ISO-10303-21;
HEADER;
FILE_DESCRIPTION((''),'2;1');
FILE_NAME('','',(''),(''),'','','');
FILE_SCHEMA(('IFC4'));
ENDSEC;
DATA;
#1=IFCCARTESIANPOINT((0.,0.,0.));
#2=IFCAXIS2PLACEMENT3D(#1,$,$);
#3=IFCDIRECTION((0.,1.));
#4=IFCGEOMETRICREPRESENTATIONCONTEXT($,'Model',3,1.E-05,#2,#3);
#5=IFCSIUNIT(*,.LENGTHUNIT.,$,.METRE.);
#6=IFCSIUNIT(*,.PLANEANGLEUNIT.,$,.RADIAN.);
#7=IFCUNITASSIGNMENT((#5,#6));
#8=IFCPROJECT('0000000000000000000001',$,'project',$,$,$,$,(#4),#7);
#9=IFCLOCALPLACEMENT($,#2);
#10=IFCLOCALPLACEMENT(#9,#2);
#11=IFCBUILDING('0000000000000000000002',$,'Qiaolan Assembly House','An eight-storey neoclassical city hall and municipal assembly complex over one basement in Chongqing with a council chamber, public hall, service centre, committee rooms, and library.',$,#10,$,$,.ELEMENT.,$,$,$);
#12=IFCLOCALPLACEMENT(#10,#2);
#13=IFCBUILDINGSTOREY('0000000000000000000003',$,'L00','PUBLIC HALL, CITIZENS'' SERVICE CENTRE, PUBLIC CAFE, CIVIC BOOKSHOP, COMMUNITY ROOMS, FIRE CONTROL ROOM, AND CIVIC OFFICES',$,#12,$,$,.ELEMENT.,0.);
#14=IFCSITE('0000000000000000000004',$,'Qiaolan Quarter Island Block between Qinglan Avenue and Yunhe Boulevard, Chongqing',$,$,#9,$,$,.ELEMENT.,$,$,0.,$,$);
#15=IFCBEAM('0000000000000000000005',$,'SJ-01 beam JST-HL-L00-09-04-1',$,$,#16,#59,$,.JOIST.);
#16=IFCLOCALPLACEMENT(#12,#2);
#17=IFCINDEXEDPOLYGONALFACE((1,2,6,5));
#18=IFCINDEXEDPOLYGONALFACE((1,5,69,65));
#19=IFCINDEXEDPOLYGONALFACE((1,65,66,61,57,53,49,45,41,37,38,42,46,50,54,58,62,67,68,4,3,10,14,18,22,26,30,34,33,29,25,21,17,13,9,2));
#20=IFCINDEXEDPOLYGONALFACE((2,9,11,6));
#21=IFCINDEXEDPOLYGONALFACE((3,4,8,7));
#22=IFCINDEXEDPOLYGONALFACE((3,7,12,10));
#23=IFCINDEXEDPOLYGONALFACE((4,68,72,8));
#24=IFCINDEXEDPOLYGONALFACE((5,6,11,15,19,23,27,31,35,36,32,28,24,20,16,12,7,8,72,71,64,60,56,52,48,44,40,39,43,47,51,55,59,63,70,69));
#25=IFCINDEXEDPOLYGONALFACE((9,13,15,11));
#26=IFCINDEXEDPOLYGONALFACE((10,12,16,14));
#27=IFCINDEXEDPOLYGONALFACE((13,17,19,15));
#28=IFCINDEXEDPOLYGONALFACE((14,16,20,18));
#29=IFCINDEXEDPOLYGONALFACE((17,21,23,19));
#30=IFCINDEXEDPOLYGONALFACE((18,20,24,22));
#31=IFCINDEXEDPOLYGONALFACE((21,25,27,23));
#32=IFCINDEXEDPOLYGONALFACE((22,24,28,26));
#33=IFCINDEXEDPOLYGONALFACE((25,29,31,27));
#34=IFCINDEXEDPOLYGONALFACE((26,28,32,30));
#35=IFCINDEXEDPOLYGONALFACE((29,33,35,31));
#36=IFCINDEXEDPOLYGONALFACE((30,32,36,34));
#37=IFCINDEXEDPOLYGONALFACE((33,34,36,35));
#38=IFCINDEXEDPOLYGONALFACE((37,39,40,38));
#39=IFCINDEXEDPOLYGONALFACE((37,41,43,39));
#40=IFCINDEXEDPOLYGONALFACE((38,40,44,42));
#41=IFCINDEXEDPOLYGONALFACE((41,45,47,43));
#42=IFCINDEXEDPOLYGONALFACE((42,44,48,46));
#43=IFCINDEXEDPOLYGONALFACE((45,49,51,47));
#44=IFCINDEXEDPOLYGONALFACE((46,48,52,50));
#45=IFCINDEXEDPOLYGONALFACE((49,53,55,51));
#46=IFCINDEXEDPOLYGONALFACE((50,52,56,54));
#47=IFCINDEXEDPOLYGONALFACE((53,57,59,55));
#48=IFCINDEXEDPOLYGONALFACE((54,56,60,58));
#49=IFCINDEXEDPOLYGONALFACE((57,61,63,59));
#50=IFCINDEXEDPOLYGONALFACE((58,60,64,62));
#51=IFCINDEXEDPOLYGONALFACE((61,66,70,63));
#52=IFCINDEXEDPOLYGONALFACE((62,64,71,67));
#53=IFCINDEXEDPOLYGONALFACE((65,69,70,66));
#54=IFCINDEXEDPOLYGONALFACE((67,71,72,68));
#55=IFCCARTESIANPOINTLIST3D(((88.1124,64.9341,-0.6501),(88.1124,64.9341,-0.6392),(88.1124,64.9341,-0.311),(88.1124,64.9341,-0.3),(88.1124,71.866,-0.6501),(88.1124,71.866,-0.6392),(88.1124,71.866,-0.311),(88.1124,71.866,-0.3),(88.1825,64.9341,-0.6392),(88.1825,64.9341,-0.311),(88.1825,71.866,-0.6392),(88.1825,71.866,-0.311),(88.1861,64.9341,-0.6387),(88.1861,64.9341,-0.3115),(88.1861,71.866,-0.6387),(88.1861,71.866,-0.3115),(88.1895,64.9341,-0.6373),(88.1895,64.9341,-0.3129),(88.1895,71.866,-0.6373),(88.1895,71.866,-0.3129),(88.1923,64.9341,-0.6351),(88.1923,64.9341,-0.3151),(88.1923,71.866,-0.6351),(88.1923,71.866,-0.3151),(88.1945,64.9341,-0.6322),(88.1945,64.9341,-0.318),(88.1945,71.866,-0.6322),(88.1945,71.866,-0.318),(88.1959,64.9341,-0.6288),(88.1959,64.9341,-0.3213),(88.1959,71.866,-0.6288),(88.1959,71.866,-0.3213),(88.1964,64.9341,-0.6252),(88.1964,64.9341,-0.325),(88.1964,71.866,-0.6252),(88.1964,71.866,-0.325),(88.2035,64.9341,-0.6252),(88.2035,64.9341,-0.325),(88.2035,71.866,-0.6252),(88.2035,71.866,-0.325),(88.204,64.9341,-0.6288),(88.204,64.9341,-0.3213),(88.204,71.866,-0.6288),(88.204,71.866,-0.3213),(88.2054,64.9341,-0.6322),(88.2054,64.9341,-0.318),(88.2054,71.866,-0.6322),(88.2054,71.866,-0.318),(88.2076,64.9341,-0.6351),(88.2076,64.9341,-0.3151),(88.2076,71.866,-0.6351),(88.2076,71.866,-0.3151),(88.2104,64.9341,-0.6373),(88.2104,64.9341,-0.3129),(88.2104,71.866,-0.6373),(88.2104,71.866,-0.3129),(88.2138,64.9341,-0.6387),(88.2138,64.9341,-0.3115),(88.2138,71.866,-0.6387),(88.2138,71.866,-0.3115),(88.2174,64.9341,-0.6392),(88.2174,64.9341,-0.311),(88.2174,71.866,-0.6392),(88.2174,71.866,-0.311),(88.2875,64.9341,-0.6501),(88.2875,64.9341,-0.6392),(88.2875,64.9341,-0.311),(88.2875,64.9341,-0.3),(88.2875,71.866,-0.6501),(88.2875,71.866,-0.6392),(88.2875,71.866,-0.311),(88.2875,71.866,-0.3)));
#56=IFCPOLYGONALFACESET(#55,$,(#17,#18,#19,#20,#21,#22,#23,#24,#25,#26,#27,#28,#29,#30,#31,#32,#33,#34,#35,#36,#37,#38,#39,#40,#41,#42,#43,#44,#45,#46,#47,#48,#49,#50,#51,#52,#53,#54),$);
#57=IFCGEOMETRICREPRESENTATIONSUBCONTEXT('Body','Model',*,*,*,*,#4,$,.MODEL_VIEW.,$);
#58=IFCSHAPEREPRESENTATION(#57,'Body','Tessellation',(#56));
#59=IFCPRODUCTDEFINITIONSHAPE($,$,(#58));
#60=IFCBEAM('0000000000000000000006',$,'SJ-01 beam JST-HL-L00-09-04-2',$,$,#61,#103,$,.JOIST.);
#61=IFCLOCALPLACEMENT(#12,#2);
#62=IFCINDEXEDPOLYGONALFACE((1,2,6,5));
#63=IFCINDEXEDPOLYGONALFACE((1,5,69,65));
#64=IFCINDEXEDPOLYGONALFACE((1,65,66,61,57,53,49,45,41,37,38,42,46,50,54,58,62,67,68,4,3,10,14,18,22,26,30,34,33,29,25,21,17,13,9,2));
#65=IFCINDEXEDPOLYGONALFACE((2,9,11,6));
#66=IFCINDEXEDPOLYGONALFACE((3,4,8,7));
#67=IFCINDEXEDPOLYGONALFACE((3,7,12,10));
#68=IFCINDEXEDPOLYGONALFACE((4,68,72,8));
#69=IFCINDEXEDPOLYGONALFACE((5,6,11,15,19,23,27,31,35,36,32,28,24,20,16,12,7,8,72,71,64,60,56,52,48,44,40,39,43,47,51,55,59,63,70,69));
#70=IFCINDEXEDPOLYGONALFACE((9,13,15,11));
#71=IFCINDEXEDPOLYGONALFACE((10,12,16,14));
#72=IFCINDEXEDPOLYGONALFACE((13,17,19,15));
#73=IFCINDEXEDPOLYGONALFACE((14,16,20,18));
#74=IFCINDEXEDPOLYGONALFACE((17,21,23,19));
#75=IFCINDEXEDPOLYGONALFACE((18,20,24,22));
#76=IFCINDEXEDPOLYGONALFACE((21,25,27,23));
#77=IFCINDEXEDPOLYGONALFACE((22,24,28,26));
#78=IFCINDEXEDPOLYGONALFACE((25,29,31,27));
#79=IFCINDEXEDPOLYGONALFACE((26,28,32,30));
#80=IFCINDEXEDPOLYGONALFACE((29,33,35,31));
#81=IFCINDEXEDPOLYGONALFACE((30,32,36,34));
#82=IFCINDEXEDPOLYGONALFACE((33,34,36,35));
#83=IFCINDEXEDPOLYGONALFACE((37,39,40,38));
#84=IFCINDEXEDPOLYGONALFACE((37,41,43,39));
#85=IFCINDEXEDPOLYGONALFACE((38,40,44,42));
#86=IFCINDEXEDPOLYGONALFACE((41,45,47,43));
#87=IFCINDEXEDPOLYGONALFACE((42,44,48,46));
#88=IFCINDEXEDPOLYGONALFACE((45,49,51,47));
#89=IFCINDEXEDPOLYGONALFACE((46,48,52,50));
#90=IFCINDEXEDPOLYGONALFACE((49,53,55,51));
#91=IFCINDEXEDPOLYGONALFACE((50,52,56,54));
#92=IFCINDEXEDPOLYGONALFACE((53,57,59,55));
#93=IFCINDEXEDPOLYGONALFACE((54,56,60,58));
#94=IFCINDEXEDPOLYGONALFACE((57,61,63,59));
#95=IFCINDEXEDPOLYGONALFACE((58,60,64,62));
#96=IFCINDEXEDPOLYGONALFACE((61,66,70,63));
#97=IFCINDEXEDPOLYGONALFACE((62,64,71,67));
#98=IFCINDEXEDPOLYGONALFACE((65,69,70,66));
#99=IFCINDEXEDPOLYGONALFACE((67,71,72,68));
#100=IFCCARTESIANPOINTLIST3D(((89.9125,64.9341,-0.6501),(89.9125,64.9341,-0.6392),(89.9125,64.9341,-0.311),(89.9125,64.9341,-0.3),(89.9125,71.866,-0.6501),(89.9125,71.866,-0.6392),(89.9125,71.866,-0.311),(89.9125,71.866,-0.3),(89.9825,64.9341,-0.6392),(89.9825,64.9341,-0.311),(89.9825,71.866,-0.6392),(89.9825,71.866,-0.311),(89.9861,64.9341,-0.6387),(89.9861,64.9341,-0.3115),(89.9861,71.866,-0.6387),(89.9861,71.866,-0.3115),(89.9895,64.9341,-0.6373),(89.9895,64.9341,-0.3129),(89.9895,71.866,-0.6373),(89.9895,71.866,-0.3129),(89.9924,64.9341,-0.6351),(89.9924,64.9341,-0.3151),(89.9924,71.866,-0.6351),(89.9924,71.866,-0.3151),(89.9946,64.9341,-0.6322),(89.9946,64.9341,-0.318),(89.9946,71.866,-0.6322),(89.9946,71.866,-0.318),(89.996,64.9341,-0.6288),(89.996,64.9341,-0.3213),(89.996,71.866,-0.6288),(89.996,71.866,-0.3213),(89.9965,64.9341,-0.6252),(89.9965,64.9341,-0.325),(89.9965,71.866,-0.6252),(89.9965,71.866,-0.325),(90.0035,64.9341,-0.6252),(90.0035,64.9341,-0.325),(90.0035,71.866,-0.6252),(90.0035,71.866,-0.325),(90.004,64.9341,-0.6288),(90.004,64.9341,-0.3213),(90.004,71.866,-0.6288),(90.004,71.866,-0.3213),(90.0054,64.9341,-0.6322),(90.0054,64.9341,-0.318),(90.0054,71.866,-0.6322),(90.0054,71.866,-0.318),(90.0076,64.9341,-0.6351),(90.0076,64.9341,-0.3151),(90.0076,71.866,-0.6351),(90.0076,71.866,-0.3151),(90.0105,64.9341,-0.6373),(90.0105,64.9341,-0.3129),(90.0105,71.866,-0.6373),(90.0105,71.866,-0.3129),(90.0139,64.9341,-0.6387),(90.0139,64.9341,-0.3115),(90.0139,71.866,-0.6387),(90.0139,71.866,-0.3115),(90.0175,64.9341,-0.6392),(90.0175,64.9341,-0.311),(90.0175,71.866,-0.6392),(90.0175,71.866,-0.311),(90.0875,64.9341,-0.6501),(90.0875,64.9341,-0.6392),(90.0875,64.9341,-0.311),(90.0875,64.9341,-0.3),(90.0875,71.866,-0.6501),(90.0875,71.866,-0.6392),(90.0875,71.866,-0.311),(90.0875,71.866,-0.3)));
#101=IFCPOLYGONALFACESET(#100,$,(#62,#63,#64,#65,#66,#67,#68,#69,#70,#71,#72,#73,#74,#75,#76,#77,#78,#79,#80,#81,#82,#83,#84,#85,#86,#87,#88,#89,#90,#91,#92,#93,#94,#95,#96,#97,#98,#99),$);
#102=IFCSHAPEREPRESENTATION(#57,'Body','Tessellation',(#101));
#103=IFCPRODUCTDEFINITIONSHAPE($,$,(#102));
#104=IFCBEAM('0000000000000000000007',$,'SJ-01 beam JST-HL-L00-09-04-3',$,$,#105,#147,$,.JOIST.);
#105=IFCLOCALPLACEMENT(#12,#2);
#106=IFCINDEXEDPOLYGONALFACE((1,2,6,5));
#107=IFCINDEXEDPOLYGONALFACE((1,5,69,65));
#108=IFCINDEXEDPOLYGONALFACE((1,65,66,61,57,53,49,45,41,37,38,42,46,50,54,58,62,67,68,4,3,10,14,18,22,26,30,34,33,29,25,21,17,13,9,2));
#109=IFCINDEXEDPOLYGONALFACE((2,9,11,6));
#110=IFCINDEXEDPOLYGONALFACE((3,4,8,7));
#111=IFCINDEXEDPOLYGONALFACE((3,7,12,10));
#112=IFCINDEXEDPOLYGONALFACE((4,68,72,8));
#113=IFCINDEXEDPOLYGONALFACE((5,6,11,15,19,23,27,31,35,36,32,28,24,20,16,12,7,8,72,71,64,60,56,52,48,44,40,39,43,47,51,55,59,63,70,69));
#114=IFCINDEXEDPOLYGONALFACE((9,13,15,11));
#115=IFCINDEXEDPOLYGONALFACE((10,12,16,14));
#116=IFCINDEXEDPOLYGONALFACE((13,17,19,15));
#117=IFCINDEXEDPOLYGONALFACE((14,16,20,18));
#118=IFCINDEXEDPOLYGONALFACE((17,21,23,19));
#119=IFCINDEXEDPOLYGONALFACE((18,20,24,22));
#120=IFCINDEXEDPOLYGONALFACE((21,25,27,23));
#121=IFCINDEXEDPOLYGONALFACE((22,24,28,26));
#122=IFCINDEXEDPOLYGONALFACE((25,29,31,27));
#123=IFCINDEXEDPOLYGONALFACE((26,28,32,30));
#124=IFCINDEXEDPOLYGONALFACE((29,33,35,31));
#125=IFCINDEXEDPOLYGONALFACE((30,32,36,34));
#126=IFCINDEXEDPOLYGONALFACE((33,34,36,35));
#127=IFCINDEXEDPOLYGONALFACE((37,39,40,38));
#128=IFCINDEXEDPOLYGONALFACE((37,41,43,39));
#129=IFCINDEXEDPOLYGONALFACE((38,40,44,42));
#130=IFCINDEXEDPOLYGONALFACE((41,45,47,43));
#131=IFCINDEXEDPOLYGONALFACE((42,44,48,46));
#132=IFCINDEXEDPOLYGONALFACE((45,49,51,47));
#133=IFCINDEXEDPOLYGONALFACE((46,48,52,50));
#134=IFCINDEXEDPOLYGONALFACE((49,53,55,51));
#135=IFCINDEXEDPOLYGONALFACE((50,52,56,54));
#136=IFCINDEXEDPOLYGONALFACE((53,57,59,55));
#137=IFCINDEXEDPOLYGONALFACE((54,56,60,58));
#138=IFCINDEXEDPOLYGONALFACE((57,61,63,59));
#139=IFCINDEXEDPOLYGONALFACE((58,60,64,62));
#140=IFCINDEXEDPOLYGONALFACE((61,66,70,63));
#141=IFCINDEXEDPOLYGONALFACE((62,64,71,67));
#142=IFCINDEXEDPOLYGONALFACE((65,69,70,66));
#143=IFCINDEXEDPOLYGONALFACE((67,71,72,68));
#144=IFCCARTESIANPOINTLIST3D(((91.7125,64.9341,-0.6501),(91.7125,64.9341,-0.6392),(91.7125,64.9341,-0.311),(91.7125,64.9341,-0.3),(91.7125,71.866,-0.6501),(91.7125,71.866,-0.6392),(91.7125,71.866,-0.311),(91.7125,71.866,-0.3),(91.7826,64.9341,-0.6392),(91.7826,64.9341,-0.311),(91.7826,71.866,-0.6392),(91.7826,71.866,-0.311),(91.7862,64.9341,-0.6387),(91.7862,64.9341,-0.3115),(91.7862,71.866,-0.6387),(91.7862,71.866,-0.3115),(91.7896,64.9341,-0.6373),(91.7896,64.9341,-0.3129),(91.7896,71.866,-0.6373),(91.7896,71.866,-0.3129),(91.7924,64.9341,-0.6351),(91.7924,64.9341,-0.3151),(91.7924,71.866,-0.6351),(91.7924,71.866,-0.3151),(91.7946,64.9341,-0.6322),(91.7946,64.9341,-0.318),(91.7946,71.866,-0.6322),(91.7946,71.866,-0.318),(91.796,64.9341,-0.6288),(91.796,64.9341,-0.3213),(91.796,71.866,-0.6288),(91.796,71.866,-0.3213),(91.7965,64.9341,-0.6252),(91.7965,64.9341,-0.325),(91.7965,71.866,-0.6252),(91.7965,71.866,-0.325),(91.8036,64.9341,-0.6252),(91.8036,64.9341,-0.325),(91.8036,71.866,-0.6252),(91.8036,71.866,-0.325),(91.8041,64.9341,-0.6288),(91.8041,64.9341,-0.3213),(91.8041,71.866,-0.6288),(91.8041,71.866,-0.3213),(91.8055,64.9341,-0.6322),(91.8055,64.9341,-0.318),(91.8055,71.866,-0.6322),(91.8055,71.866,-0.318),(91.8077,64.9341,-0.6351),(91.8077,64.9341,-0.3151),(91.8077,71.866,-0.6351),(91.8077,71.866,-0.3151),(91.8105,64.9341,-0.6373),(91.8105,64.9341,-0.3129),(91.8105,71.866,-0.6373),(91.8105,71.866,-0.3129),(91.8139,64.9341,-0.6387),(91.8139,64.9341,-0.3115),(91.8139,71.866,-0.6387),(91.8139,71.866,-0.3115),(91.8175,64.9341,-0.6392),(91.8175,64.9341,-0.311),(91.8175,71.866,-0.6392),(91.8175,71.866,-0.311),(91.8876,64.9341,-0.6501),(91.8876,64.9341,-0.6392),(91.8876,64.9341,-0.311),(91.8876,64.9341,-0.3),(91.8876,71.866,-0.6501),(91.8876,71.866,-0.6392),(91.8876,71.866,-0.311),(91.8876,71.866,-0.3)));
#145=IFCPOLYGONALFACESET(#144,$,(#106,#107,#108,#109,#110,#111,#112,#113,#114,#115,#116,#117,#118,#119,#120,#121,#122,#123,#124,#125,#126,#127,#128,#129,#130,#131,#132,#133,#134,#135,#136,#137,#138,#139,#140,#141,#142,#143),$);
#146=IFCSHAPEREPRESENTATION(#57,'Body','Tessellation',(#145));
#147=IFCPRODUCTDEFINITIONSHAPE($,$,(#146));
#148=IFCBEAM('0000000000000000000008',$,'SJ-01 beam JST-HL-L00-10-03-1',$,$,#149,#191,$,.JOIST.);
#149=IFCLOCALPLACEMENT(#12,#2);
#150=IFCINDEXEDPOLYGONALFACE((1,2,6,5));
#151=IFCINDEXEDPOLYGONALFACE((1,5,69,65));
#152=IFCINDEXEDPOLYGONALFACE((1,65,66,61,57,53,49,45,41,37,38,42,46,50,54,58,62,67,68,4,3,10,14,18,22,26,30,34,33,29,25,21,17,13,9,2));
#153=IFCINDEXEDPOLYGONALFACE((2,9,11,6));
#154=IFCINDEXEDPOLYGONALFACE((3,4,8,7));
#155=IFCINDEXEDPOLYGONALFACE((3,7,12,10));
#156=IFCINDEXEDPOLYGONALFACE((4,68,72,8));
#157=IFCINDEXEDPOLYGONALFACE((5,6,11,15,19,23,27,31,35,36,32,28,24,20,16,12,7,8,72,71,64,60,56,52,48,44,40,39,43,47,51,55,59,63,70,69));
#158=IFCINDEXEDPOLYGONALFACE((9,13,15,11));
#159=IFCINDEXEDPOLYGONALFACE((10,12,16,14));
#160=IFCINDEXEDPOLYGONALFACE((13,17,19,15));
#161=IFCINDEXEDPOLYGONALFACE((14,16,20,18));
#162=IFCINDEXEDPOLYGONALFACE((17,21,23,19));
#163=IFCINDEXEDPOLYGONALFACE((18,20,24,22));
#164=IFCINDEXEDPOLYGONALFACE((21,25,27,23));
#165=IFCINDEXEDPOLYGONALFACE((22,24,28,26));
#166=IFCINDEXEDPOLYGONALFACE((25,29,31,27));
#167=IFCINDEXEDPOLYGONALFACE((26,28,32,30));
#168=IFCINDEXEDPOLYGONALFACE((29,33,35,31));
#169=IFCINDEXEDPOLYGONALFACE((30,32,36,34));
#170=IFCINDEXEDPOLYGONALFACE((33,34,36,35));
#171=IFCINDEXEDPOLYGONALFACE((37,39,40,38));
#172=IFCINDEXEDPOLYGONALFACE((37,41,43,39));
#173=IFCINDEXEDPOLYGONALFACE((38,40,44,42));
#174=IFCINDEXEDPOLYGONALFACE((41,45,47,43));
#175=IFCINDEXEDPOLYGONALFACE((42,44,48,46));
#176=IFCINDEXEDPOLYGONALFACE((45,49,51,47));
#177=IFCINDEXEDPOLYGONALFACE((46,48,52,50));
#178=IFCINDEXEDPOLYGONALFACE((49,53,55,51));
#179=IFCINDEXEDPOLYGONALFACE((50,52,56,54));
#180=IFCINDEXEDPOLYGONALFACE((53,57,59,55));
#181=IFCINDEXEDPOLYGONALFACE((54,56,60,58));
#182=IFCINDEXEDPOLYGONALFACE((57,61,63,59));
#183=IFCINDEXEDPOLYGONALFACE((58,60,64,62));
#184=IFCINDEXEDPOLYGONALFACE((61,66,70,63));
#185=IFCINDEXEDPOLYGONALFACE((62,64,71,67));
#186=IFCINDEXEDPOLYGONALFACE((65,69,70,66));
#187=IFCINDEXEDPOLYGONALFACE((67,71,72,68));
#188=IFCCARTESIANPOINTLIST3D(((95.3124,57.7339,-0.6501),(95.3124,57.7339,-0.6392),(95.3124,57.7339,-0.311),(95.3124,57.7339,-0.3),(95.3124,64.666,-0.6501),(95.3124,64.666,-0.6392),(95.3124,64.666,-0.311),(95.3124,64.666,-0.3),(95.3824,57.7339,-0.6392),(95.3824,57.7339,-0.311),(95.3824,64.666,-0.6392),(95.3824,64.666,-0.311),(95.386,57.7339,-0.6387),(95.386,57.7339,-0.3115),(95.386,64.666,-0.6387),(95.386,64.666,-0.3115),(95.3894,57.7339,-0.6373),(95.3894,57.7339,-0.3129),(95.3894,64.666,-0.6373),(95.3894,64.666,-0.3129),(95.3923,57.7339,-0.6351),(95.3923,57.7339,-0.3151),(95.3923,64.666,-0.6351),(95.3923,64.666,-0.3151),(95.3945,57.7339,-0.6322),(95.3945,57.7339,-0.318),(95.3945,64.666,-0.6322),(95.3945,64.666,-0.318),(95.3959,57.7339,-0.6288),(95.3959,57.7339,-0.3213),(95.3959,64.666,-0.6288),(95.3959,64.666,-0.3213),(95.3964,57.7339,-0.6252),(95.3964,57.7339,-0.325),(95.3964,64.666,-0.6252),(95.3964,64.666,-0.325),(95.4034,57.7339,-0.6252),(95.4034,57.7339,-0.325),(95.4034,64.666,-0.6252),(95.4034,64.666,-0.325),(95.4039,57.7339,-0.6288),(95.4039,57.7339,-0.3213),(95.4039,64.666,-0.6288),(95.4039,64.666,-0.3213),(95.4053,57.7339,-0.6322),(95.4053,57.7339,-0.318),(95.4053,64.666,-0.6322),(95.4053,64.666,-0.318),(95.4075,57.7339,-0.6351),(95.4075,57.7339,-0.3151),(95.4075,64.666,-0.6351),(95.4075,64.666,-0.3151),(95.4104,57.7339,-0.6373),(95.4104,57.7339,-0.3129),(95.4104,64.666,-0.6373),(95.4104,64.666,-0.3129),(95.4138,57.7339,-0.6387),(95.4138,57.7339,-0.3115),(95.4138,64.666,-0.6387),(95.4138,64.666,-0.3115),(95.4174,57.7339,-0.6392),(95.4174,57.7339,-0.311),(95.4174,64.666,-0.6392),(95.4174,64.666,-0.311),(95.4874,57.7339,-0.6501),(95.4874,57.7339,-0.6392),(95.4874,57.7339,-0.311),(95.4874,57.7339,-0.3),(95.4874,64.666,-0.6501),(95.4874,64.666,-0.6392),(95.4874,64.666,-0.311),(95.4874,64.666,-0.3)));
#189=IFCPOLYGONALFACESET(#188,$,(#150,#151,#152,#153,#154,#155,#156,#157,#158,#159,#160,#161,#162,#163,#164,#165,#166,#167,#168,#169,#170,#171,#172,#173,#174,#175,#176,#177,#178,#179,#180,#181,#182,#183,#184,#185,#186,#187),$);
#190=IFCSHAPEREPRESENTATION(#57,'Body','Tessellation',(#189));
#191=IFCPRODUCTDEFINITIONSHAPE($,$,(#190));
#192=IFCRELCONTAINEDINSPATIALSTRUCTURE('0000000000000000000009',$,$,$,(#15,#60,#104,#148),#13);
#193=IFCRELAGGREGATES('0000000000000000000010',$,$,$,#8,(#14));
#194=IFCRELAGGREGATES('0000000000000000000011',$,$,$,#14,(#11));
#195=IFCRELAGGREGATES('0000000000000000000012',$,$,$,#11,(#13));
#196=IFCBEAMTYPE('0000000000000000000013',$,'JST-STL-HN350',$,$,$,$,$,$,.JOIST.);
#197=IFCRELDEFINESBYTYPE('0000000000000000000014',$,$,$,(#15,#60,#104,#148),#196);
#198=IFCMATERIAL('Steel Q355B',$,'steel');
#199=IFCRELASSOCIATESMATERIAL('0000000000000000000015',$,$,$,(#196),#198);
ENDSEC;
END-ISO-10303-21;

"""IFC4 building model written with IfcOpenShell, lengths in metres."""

from ifc_helpers import new_model, si_unit, direction, frame, origin, origin_2d, place, context, subcontext, project, spatial, i_section, extrude, material, material_profile, profile_set, type_object, element, save


model = new_model("IFC4")

# Units and contexts
model_context = context("Model", 3, precision=1e-05, world=origin(), true_north=direction((0.0, 1.0)))
body_context = subcontext(model_context, "Body", "Model", "MODEL_VIEW")
ifc_project = project(units=[si_unit("LENGTHUNIT", "METRE"), si_unit("PLANEANGLEUNIT", "RADIAN")], contexts=[model_context])

# Site, building, storey
site_placement = place(None, origin())
site = spatial("IfcSite", under=ifc_project, at=site_placement, Name="Qiaolan Quarter Island Block between Qinglan Avenue and Yunhe Boulevard, Chongqing", CompositionType="ELEMENT", RefElevation=0.0)
building_placement = place(site_placement, origin())
building = spatial("IfcBuilding", under=site, at=building_placement, Name="Qiaolan Assembly House", Description="An eight-storey neoclassical city hall and municipal assembly complex over one basement in Chongqing with a council chamber, public hall, service centre, committee rooms, and library.", CompositionType="ELEMENT")
storey_placement = place(building_placement, origin())
storey = spatial("IfcBuildingStorey", under=building, at=storey_placement, Name="L00", Description="PUBLIC HALL, CITIZENS' SERVICE CENTRE, PUBLIC CAFE, CIVIC BOOKSHOP, COMMUNITY ROOMS, FIRE CONTROL ROOM, AND CIVIC OFFICES", CompositionType="ELEMENT", Elevation=0.0)

# Shared definitions
ifc_material = material(Name="Steel Q355B", Category="steel")

# Beams
ifc_material_profile_1 = material_profile(ifc_material, i_section(OverallWidth=0.175, OverallDepth=0.3501, WebThickness=0.0071, FlangeThickness=0.011, FilletRadius=0.0139, at=origin_2d()), Name="HN 350x175x7x11")
ifc_profile_set_1 = profile_set([ifc_material_profile_1], Name="Steel Q355B")
beam_type_1 = type_object("IfcBeamType", Name="JST-STL-HN350", PredefinedType="JOIST", material=ifc_profile_set_1)
for number, where, z_axis, x_axis, name in (
    (1, (88.2, 64.9341, -0.4751), (0.0, 1.0, 0.0), (-1.0, 0.0, 0.0), "SJ-01 beam JST-HL-L00-09-04-1"),
    (2, (90.0, 64.9341, -0.4751), (0.0, 1.0, 0.0), (-1.0, 0.0, 0.0), "SJ-01 beam JST-HL-L00-09-04-2"),
    (3, (91.8, 64.9341, -0.4751), (0.0, 1.0, 0.0), (-1.0, 0.0, 0.0), "SJ-01 beam JST-HL-L00-09-04-3"),
):
    element("IfcBeam", number, at=place(storey_placement, frame(where, z_axis=z_axis, x_axis=x_axis)), inside=storey, type_object=beam_type_1, Name=name, PredefinedType="JOIST", context=body_context, shape_type="SweptSolid", body=[
        extrude(i_section(OverallWidth=0.175, OverallDepth=0.3501, WebThickness=0.0071, FlangeThickness=0.011, FilletRadius=0.0139, at=origin_2d()), origin(), (0.0, 0.0, 1.0), 6.9319),
    ])
for number, where, z_axis, x_axis, name in (
    (4, (95.3999, 57.7339, -0.4751), (0.0, 1.0, 0.0), (-1.0, 0.0, 0.0), "SJ-01 beam JST-HL-L00-10-03-1"),
):
    element("IfcBeam", number, at=place(storey_placement, frame(where, z_axis=z_axis, x_axis=x_axis)), inside=storey, type_object=beam_type_1, Name=name, PredefinedType="JOIST", context=body_context, shape_type="SweptSolid", body=[
        extrude(i_section(OverallWidth=0.175, OverallDepth=0.3501, WebThickness=0.0071, FlangeThickness=0.011, FilletRadius=0.0139, at=origin_2d()), origin(), (0.0, 0.0, 1.0), 6.9321),
    ])

save(model, "model.ifc")
